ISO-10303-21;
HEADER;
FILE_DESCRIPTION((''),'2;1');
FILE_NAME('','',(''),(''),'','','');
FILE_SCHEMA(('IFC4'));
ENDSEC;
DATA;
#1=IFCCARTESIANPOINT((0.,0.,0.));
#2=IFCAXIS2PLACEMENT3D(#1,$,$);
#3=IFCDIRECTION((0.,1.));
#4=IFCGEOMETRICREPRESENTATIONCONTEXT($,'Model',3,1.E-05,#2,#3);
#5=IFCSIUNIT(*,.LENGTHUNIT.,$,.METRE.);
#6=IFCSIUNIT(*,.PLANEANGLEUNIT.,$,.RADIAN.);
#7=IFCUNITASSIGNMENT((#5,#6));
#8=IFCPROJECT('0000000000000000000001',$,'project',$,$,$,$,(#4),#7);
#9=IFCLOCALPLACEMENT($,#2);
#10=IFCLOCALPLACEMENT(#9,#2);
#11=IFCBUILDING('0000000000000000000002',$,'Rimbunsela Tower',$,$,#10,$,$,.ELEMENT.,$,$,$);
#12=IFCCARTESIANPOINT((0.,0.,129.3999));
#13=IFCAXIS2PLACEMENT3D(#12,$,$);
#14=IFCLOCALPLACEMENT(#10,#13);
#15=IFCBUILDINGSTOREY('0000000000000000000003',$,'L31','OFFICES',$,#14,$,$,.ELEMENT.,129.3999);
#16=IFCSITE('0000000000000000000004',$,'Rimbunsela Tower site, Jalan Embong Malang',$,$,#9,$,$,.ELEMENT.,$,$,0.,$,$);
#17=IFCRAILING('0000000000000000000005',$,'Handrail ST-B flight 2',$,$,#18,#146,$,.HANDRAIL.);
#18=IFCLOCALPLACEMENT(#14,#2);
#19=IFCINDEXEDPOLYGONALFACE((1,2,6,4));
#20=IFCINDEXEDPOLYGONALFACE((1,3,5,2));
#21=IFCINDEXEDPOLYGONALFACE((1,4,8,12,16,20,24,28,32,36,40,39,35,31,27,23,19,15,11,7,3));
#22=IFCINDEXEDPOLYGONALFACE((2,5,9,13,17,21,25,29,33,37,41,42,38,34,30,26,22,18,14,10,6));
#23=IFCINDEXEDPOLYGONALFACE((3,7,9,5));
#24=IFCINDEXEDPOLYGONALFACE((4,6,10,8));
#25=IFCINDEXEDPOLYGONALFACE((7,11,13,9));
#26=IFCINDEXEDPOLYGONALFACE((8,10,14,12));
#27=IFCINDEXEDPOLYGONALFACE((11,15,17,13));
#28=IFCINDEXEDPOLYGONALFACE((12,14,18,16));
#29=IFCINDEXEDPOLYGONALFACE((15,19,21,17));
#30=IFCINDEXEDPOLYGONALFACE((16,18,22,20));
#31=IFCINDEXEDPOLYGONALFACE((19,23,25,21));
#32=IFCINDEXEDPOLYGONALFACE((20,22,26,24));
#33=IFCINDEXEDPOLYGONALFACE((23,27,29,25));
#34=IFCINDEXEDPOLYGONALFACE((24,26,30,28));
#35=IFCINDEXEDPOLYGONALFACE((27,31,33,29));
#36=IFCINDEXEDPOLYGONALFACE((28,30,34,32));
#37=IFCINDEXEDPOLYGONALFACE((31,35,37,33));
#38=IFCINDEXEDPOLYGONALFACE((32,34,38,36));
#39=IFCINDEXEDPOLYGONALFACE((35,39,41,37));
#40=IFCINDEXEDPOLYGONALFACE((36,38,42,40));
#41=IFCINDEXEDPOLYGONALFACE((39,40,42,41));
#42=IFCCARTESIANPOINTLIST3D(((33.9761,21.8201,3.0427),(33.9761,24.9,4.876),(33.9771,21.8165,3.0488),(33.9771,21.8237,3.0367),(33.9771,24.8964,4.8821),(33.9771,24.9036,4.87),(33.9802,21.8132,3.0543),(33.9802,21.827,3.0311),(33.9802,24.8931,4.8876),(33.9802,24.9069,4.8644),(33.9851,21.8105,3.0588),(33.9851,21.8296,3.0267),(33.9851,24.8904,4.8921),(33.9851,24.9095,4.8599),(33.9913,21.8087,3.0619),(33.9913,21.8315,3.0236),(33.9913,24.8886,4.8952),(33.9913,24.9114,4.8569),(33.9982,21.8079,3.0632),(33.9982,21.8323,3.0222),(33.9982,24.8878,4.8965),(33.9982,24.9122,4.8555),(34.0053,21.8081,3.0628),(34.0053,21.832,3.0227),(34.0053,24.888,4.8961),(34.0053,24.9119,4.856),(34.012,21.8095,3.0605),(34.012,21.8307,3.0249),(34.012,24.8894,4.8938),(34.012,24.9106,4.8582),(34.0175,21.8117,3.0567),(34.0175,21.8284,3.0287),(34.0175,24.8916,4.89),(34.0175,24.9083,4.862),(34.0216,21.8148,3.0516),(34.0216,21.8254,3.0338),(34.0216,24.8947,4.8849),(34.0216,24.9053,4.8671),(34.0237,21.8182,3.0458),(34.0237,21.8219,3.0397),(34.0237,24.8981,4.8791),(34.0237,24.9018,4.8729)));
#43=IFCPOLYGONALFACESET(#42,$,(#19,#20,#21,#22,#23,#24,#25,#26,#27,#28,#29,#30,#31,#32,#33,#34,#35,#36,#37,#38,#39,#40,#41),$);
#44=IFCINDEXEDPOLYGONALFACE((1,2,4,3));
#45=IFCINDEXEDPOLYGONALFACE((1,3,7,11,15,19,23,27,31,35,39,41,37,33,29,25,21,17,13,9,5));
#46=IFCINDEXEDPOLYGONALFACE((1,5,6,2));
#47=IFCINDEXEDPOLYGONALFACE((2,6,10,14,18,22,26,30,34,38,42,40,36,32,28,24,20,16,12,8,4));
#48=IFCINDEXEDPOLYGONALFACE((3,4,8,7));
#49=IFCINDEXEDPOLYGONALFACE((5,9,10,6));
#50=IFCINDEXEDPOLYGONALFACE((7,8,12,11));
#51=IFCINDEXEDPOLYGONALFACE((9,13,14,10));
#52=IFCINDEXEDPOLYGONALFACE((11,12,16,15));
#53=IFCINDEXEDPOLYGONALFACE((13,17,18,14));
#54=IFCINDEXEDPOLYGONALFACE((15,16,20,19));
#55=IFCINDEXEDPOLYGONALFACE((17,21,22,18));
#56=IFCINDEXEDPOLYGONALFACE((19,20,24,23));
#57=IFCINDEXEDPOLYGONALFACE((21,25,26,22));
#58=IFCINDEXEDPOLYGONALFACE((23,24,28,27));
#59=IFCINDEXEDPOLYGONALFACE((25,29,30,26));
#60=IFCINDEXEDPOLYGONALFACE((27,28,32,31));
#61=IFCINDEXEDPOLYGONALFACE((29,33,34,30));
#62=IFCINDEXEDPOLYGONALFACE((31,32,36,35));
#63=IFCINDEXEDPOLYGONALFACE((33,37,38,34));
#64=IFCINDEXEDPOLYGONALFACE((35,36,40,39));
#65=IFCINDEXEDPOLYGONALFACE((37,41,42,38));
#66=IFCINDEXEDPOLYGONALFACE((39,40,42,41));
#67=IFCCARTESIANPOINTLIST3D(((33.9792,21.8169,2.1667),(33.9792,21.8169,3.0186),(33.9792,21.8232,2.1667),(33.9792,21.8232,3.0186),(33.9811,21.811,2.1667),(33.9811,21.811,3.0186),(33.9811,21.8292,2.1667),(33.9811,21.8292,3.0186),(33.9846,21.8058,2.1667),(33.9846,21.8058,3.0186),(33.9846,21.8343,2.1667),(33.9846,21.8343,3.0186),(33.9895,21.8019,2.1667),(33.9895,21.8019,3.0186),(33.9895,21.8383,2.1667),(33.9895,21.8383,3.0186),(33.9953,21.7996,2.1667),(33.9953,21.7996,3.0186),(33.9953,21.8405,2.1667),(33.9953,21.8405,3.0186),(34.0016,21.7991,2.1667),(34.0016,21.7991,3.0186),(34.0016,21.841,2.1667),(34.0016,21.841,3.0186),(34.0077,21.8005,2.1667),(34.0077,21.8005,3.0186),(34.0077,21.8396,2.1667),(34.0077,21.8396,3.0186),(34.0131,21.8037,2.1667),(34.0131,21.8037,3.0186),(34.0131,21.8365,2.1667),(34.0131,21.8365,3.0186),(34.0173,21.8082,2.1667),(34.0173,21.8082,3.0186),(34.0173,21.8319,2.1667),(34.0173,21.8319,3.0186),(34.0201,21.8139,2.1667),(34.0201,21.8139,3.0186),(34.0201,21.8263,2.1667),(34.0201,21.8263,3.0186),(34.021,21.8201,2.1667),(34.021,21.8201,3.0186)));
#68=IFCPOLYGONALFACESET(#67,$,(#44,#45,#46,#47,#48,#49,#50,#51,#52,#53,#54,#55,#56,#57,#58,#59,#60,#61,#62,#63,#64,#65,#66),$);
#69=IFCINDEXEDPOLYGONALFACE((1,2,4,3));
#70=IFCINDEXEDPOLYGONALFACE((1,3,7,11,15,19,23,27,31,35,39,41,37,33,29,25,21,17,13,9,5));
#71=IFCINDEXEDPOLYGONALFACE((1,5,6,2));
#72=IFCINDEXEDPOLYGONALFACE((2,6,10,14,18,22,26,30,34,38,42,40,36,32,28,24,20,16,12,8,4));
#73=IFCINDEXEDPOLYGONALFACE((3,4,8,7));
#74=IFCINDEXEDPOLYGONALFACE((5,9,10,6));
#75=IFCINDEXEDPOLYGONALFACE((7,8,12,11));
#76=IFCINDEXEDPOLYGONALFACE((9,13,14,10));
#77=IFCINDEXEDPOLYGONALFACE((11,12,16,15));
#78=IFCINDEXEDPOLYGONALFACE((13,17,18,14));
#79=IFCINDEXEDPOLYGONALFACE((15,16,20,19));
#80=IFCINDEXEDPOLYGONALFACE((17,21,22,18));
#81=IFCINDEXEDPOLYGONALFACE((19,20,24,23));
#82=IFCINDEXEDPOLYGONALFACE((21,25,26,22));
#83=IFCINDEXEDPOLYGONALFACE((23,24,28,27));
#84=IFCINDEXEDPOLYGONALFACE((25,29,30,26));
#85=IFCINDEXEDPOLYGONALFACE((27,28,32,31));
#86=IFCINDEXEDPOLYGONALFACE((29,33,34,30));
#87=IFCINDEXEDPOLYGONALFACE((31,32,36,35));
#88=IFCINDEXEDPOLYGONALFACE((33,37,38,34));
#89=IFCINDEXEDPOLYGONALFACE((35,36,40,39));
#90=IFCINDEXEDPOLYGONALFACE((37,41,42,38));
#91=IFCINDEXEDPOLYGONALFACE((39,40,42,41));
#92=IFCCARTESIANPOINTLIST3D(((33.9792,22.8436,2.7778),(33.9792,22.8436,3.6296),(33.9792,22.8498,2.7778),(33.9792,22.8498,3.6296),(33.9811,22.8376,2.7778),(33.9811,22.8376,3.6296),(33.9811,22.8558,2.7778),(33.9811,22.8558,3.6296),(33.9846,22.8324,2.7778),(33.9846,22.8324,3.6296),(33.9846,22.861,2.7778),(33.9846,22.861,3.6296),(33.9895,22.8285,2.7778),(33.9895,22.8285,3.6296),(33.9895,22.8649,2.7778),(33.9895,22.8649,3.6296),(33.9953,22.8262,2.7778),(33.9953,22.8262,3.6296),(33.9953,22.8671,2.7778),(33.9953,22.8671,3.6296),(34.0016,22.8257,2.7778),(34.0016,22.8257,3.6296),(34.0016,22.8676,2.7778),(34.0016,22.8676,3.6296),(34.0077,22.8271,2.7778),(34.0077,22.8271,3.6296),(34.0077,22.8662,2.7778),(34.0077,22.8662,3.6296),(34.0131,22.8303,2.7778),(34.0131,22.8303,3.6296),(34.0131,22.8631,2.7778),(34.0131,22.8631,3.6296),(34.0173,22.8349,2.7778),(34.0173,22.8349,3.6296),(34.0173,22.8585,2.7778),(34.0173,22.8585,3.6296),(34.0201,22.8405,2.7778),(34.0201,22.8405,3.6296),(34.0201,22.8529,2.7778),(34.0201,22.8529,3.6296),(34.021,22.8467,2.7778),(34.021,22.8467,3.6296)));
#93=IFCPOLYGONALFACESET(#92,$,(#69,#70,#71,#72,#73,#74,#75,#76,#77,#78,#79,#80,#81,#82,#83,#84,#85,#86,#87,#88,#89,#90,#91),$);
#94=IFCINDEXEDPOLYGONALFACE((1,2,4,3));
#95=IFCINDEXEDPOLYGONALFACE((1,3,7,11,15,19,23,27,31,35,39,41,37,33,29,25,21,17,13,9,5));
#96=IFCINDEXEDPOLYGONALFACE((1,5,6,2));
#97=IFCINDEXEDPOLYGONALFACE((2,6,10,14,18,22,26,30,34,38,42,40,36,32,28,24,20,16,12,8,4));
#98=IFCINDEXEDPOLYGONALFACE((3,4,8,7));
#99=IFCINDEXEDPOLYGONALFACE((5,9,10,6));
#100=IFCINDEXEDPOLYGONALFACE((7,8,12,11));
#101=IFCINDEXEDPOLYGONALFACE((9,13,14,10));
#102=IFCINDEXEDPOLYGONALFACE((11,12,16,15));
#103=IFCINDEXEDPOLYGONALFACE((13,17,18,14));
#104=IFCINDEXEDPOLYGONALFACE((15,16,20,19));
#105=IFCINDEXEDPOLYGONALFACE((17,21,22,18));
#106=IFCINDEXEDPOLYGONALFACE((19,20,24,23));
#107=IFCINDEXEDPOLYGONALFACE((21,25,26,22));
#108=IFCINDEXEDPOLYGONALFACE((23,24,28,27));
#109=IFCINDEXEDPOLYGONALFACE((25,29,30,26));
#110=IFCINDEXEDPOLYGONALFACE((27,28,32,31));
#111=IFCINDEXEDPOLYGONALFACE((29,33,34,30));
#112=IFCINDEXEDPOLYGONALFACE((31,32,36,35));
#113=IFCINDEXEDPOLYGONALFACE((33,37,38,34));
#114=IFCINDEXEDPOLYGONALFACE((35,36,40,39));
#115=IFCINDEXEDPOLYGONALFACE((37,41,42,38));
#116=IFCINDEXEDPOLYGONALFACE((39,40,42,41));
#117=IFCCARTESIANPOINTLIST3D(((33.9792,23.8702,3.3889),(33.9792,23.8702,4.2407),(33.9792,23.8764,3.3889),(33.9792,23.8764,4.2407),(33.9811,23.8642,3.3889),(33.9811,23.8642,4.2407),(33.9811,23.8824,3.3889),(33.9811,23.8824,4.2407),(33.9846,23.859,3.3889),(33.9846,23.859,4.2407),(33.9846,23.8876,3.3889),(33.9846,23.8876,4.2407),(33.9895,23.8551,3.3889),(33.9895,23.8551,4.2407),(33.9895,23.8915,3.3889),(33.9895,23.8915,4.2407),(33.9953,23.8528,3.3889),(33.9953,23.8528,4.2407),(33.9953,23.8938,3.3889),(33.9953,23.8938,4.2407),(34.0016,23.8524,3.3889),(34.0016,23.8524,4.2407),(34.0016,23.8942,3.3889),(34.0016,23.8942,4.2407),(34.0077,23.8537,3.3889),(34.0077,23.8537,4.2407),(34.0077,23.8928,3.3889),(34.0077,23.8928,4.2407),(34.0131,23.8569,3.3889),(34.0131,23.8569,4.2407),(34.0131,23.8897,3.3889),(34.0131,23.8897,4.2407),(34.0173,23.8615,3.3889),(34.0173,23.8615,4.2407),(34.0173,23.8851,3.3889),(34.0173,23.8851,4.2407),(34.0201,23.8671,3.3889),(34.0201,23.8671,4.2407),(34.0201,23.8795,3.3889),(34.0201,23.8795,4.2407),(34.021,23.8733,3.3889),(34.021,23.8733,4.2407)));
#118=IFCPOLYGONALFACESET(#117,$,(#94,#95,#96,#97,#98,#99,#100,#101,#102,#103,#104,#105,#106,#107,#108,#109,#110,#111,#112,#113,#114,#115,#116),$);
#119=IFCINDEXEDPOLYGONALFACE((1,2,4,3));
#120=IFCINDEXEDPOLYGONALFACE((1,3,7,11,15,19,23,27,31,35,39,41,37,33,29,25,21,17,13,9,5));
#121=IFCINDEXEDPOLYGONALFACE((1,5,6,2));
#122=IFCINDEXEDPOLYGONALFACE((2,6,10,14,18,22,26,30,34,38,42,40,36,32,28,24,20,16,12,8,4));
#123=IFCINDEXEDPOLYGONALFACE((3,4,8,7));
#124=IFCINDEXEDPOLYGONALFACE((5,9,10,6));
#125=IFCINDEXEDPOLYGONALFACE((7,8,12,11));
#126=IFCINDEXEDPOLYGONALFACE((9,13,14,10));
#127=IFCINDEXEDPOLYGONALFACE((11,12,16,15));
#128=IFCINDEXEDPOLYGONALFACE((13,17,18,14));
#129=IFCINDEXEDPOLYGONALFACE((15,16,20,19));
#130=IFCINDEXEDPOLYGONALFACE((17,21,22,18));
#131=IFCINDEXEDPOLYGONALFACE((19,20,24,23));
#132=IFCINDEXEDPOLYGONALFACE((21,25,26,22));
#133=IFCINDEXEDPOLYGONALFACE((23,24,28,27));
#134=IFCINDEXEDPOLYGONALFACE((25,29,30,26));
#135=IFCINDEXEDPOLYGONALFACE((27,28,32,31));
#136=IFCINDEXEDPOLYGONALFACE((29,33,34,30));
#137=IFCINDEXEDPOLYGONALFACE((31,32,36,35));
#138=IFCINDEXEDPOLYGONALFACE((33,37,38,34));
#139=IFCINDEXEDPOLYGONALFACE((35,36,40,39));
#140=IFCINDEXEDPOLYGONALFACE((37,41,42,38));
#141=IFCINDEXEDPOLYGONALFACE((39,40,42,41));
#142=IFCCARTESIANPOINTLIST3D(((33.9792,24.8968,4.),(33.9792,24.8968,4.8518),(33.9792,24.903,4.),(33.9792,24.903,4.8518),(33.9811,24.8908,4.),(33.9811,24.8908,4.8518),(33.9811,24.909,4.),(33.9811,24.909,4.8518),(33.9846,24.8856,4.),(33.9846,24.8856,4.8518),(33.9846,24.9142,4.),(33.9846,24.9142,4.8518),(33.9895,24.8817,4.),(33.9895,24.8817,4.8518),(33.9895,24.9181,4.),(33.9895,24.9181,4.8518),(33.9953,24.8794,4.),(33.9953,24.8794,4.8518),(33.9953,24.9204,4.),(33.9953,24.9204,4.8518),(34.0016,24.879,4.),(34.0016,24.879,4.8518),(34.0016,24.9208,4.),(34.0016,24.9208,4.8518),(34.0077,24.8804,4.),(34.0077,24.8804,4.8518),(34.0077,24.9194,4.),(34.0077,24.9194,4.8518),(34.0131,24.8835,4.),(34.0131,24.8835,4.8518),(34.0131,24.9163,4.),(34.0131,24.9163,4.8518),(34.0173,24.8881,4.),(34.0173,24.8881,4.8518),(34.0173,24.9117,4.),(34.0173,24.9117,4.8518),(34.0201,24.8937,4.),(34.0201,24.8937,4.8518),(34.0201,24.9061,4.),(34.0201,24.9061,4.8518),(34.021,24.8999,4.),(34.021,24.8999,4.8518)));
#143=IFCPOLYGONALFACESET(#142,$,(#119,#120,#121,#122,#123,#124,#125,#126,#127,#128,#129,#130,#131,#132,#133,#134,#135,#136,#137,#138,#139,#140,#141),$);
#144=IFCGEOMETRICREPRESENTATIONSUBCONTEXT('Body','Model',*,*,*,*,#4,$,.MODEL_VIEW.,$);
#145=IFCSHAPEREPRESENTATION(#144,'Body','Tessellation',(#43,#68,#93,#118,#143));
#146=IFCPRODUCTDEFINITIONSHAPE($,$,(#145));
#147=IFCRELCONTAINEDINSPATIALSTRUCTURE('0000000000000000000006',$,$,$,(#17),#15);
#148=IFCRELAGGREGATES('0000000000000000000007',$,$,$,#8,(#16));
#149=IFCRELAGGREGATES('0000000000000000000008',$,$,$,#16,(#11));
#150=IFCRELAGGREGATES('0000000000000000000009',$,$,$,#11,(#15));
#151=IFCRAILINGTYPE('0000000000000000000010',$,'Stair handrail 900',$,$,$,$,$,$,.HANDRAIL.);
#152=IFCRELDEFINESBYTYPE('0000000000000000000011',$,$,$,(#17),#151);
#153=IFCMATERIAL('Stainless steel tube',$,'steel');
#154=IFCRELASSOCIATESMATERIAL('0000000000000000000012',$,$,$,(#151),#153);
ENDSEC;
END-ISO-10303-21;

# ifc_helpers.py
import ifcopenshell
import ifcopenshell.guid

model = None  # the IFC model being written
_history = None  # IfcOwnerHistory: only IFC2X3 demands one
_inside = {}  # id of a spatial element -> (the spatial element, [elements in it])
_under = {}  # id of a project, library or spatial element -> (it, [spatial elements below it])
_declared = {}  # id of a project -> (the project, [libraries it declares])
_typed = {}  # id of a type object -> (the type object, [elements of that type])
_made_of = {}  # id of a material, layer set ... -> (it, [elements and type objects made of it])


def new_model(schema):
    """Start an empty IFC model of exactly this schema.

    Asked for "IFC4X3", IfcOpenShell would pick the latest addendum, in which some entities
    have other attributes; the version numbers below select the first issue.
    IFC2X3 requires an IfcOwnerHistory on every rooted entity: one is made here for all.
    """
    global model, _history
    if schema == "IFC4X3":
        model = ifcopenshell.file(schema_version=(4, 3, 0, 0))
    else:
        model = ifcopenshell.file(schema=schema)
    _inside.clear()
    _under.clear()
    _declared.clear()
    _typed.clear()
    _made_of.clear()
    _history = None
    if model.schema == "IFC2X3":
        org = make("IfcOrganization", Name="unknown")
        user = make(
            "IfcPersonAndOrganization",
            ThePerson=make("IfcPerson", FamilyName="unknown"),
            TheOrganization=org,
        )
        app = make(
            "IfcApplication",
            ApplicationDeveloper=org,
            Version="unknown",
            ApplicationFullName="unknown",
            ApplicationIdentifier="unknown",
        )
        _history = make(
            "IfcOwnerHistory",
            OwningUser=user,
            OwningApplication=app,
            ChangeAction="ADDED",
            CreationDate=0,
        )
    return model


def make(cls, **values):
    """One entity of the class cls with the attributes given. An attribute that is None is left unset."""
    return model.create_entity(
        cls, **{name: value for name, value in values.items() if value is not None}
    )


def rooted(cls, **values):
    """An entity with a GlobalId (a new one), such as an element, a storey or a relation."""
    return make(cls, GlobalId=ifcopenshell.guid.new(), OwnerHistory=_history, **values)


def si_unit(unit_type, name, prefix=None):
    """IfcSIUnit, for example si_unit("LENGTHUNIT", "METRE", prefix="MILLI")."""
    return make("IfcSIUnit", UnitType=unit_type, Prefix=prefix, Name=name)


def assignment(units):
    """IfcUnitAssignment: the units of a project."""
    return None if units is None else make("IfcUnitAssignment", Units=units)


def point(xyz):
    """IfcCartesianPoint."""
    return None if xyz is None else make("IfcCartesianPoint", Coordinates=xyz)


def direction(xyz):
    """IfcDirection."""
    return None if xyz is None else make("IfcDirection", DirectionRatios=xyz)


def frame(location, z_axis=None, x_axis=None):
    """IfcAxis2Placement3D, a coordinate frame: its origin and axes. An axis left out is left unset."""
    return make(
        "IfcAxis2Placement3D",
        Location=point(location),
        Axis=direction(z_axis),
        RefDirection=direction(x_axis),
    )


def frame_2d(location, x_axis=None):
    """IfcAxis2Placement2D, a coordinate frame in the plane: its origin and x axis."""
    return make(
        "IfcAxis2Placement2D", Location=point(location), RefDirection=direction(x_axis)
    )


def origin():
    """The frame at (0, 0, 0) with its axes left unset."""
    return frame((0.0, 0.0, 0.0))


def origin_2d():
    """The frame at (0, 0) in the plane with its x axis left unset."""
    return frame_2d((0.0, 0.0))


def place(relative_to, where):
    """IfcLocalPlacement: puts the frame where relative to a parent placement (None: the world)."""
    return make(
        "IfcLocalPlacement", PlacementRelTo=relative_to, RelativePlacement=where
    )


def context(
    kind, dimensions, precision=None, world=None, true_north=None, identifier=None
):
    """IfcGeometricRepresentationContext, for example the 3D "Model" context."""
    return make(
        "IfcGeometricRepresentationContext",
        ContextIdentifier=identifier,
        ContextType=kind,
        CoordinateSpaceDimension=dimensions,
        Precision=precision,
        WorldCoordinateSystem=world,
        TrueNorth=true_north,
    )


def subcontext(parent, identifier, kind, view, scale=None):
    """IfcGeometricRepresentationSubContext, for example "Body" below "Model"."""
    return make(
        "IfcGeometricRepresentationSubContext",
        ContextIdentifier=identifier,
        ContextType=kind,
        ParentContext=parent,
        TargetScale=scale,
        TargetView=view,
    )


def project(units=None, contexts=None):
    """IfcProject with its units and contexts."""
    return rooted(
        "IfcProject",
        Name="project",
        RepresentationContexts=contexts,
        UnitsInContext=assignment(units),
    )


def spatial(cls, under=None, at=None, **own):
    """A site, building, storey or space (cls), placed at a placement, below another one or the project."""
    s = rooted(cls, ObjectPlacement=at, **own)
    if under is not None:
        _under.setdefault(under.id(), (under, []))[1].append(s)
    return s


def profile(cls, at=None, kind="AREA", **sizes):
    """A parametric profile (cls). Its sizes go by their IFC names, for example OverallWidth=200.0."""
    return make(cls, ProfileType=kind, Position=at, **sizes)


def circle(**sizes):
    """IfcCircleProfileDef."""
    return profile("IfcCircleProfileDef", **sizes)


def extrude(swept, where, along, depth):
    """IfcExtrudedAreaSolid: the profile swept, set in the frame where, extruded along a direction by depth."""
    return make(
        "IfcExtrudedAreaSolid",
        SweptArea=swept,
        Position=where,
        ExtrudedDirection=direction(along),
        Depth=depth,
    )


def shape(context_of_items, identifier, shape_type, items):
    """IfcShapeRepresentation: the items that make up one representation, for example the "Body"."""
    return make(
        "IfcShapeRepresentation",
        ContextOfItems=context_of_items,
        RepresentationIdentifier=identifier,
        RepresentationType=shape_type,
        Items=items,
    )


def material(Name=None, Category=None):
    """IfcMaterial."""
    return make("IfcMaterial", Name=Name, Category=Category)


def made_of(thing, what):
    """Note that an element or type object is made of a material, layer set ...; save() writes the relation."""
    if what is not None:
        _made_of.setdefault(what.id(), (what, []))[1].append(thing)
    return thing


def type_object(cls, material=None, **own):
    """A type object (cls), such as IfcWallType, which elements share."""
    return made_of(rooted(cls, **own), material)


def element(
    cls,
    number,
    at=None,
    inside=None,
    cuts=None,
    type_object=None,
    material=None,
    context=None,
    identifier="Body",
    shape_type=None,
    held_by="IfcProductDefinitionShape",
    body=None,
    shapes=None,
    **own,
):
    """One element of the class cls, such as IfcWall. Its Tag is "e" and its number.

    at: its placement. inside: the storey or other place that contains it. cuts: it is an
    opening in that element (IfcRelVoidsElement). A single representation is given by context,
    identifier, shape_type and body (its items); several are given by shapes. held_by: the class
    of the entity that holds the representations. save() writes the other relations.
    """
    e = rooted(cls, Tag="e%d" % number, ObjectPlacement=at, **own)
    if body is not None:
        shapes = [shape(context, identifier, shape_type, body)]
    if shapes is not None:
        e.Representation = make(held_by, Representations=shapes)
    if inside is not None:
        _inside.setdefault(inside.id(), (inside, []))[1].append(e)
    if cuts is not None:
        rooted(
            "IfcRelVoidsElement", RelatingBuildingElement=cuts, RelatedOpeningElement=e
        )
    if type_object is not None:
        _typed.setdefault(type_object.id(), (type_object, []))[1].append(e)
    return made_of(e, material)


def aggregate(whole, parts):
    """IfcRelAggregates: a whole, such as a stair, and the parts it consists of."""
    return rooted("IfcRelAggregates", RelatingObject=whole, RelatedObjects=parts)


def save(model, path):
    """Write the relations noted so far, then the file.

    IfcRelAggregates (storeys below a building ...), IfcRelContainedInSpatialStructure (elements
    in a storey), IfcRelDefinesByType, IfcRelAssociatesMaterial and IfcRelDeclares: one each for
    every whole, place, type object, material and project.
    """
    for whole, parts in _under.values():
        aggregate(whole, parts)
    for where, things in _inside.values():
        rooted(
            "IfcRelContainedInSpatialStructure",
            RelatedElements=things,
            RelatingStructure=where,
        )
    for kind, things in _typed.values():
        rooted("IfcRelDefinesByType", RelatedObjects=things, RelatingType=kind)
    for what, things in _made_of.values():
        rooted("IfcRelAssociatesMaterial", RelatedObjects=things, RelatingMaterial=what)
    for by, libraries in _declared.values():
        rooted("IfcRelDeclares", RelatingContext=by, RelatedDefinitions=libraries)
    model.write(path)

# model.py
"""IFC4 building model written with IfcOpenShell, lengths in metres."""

from ifc_helpers import new_model, si_unit, direction, frame, origin, origin_2d, place, context, subcontext, project, spatial, circle, extrude, material, type_object, element, save


model = new_model("IFC4")

# Units and contexts
model_context = context("Model", 3, precision=1e-05, world=origin(), true_north=direction((0.0, 1.0)))
body_context = subcontext(model_context, "Body", "Model", "MODEL_VIEW")
ifc_project = project(units=[si_unit("LENGTHUNIT", "METRE"), si_unit("PLANEANGLEUNIT", "RADIAN")], contexts=[model_context])

# Site, building, storey
site_placement = place(None, origin())
site = spatial("IfcSite", under=ifc_project, at=site_placement, Name="Rimbunsela Tower site, Jalan Embong Malang", CompositionType="ELEMENT", RefElevation=0.0)
building_placement = place(site_placement, origin())
building = spatial("IfcBuilding", under=site, at=building_placement, Name="Rimbunsela Tower", CompositionType="ELEMENT")
storey_placement = place(building_placement, frame((0.0, 0.0, 129.3999)))
storey = spatial("IfcBuildingStorey", under=building, at=storey_placement, Name="L31", Description="OFFICES", CompositionType="ELEMENT", Elevation=129.3999)

# Railing
ifc_material_1 = material(Name="Stainless steel tube", Category="steel")
railing_type = type_object("IfcRailingType", Name="Stair handrail 900", PredefinedType="HANDRAIL", material=ifc_material_1)
railing_1_placement = place(storey_placement, frame((34.0, 21.8201, 2.1667)))
element("IfcRailing", 1, at=railing_1_placement, inside=storey, type_object=railing_type, Name="Handrail ST-B flight 2", PredefinedType="HANDRAIL", context=body_context, shape_type="SweptSolid", body=[
    extrude(circle(Radius=0.0239, at=origin_2d()), frame((0.0, 0.0, 0.876), z_axis=(0.0, 0.859291, 0.511487), x_axis=(-1.0, 0.0, 0.0)), (0.0, 0.0, 1.0), 3.5842),
    extrude(circle(Radius=0.021, at=origin_2d()), origin(), (0.0, 0.0, 1.0), 0.8518),
    extrude(circle(Radius=0.021, at=origin_2d()), frame((0.0, 1.0266, 0.6111)), (0.0, 0.0, 1.0), 0.8518),
    extrude(circle(Radius=0.021, at=origin_2d()), frame((0.0, 2.0532, 1.2222)), (0.0, 0.0, 1.0), 0.8518),
    extrude(circle(Radius=0.021, at=origin_2d()), frame((0.0, 3.0798, 1.8333)), (0.0, 0.0, 1.0), 0.8518),
])

save(model, "model.ifc")
